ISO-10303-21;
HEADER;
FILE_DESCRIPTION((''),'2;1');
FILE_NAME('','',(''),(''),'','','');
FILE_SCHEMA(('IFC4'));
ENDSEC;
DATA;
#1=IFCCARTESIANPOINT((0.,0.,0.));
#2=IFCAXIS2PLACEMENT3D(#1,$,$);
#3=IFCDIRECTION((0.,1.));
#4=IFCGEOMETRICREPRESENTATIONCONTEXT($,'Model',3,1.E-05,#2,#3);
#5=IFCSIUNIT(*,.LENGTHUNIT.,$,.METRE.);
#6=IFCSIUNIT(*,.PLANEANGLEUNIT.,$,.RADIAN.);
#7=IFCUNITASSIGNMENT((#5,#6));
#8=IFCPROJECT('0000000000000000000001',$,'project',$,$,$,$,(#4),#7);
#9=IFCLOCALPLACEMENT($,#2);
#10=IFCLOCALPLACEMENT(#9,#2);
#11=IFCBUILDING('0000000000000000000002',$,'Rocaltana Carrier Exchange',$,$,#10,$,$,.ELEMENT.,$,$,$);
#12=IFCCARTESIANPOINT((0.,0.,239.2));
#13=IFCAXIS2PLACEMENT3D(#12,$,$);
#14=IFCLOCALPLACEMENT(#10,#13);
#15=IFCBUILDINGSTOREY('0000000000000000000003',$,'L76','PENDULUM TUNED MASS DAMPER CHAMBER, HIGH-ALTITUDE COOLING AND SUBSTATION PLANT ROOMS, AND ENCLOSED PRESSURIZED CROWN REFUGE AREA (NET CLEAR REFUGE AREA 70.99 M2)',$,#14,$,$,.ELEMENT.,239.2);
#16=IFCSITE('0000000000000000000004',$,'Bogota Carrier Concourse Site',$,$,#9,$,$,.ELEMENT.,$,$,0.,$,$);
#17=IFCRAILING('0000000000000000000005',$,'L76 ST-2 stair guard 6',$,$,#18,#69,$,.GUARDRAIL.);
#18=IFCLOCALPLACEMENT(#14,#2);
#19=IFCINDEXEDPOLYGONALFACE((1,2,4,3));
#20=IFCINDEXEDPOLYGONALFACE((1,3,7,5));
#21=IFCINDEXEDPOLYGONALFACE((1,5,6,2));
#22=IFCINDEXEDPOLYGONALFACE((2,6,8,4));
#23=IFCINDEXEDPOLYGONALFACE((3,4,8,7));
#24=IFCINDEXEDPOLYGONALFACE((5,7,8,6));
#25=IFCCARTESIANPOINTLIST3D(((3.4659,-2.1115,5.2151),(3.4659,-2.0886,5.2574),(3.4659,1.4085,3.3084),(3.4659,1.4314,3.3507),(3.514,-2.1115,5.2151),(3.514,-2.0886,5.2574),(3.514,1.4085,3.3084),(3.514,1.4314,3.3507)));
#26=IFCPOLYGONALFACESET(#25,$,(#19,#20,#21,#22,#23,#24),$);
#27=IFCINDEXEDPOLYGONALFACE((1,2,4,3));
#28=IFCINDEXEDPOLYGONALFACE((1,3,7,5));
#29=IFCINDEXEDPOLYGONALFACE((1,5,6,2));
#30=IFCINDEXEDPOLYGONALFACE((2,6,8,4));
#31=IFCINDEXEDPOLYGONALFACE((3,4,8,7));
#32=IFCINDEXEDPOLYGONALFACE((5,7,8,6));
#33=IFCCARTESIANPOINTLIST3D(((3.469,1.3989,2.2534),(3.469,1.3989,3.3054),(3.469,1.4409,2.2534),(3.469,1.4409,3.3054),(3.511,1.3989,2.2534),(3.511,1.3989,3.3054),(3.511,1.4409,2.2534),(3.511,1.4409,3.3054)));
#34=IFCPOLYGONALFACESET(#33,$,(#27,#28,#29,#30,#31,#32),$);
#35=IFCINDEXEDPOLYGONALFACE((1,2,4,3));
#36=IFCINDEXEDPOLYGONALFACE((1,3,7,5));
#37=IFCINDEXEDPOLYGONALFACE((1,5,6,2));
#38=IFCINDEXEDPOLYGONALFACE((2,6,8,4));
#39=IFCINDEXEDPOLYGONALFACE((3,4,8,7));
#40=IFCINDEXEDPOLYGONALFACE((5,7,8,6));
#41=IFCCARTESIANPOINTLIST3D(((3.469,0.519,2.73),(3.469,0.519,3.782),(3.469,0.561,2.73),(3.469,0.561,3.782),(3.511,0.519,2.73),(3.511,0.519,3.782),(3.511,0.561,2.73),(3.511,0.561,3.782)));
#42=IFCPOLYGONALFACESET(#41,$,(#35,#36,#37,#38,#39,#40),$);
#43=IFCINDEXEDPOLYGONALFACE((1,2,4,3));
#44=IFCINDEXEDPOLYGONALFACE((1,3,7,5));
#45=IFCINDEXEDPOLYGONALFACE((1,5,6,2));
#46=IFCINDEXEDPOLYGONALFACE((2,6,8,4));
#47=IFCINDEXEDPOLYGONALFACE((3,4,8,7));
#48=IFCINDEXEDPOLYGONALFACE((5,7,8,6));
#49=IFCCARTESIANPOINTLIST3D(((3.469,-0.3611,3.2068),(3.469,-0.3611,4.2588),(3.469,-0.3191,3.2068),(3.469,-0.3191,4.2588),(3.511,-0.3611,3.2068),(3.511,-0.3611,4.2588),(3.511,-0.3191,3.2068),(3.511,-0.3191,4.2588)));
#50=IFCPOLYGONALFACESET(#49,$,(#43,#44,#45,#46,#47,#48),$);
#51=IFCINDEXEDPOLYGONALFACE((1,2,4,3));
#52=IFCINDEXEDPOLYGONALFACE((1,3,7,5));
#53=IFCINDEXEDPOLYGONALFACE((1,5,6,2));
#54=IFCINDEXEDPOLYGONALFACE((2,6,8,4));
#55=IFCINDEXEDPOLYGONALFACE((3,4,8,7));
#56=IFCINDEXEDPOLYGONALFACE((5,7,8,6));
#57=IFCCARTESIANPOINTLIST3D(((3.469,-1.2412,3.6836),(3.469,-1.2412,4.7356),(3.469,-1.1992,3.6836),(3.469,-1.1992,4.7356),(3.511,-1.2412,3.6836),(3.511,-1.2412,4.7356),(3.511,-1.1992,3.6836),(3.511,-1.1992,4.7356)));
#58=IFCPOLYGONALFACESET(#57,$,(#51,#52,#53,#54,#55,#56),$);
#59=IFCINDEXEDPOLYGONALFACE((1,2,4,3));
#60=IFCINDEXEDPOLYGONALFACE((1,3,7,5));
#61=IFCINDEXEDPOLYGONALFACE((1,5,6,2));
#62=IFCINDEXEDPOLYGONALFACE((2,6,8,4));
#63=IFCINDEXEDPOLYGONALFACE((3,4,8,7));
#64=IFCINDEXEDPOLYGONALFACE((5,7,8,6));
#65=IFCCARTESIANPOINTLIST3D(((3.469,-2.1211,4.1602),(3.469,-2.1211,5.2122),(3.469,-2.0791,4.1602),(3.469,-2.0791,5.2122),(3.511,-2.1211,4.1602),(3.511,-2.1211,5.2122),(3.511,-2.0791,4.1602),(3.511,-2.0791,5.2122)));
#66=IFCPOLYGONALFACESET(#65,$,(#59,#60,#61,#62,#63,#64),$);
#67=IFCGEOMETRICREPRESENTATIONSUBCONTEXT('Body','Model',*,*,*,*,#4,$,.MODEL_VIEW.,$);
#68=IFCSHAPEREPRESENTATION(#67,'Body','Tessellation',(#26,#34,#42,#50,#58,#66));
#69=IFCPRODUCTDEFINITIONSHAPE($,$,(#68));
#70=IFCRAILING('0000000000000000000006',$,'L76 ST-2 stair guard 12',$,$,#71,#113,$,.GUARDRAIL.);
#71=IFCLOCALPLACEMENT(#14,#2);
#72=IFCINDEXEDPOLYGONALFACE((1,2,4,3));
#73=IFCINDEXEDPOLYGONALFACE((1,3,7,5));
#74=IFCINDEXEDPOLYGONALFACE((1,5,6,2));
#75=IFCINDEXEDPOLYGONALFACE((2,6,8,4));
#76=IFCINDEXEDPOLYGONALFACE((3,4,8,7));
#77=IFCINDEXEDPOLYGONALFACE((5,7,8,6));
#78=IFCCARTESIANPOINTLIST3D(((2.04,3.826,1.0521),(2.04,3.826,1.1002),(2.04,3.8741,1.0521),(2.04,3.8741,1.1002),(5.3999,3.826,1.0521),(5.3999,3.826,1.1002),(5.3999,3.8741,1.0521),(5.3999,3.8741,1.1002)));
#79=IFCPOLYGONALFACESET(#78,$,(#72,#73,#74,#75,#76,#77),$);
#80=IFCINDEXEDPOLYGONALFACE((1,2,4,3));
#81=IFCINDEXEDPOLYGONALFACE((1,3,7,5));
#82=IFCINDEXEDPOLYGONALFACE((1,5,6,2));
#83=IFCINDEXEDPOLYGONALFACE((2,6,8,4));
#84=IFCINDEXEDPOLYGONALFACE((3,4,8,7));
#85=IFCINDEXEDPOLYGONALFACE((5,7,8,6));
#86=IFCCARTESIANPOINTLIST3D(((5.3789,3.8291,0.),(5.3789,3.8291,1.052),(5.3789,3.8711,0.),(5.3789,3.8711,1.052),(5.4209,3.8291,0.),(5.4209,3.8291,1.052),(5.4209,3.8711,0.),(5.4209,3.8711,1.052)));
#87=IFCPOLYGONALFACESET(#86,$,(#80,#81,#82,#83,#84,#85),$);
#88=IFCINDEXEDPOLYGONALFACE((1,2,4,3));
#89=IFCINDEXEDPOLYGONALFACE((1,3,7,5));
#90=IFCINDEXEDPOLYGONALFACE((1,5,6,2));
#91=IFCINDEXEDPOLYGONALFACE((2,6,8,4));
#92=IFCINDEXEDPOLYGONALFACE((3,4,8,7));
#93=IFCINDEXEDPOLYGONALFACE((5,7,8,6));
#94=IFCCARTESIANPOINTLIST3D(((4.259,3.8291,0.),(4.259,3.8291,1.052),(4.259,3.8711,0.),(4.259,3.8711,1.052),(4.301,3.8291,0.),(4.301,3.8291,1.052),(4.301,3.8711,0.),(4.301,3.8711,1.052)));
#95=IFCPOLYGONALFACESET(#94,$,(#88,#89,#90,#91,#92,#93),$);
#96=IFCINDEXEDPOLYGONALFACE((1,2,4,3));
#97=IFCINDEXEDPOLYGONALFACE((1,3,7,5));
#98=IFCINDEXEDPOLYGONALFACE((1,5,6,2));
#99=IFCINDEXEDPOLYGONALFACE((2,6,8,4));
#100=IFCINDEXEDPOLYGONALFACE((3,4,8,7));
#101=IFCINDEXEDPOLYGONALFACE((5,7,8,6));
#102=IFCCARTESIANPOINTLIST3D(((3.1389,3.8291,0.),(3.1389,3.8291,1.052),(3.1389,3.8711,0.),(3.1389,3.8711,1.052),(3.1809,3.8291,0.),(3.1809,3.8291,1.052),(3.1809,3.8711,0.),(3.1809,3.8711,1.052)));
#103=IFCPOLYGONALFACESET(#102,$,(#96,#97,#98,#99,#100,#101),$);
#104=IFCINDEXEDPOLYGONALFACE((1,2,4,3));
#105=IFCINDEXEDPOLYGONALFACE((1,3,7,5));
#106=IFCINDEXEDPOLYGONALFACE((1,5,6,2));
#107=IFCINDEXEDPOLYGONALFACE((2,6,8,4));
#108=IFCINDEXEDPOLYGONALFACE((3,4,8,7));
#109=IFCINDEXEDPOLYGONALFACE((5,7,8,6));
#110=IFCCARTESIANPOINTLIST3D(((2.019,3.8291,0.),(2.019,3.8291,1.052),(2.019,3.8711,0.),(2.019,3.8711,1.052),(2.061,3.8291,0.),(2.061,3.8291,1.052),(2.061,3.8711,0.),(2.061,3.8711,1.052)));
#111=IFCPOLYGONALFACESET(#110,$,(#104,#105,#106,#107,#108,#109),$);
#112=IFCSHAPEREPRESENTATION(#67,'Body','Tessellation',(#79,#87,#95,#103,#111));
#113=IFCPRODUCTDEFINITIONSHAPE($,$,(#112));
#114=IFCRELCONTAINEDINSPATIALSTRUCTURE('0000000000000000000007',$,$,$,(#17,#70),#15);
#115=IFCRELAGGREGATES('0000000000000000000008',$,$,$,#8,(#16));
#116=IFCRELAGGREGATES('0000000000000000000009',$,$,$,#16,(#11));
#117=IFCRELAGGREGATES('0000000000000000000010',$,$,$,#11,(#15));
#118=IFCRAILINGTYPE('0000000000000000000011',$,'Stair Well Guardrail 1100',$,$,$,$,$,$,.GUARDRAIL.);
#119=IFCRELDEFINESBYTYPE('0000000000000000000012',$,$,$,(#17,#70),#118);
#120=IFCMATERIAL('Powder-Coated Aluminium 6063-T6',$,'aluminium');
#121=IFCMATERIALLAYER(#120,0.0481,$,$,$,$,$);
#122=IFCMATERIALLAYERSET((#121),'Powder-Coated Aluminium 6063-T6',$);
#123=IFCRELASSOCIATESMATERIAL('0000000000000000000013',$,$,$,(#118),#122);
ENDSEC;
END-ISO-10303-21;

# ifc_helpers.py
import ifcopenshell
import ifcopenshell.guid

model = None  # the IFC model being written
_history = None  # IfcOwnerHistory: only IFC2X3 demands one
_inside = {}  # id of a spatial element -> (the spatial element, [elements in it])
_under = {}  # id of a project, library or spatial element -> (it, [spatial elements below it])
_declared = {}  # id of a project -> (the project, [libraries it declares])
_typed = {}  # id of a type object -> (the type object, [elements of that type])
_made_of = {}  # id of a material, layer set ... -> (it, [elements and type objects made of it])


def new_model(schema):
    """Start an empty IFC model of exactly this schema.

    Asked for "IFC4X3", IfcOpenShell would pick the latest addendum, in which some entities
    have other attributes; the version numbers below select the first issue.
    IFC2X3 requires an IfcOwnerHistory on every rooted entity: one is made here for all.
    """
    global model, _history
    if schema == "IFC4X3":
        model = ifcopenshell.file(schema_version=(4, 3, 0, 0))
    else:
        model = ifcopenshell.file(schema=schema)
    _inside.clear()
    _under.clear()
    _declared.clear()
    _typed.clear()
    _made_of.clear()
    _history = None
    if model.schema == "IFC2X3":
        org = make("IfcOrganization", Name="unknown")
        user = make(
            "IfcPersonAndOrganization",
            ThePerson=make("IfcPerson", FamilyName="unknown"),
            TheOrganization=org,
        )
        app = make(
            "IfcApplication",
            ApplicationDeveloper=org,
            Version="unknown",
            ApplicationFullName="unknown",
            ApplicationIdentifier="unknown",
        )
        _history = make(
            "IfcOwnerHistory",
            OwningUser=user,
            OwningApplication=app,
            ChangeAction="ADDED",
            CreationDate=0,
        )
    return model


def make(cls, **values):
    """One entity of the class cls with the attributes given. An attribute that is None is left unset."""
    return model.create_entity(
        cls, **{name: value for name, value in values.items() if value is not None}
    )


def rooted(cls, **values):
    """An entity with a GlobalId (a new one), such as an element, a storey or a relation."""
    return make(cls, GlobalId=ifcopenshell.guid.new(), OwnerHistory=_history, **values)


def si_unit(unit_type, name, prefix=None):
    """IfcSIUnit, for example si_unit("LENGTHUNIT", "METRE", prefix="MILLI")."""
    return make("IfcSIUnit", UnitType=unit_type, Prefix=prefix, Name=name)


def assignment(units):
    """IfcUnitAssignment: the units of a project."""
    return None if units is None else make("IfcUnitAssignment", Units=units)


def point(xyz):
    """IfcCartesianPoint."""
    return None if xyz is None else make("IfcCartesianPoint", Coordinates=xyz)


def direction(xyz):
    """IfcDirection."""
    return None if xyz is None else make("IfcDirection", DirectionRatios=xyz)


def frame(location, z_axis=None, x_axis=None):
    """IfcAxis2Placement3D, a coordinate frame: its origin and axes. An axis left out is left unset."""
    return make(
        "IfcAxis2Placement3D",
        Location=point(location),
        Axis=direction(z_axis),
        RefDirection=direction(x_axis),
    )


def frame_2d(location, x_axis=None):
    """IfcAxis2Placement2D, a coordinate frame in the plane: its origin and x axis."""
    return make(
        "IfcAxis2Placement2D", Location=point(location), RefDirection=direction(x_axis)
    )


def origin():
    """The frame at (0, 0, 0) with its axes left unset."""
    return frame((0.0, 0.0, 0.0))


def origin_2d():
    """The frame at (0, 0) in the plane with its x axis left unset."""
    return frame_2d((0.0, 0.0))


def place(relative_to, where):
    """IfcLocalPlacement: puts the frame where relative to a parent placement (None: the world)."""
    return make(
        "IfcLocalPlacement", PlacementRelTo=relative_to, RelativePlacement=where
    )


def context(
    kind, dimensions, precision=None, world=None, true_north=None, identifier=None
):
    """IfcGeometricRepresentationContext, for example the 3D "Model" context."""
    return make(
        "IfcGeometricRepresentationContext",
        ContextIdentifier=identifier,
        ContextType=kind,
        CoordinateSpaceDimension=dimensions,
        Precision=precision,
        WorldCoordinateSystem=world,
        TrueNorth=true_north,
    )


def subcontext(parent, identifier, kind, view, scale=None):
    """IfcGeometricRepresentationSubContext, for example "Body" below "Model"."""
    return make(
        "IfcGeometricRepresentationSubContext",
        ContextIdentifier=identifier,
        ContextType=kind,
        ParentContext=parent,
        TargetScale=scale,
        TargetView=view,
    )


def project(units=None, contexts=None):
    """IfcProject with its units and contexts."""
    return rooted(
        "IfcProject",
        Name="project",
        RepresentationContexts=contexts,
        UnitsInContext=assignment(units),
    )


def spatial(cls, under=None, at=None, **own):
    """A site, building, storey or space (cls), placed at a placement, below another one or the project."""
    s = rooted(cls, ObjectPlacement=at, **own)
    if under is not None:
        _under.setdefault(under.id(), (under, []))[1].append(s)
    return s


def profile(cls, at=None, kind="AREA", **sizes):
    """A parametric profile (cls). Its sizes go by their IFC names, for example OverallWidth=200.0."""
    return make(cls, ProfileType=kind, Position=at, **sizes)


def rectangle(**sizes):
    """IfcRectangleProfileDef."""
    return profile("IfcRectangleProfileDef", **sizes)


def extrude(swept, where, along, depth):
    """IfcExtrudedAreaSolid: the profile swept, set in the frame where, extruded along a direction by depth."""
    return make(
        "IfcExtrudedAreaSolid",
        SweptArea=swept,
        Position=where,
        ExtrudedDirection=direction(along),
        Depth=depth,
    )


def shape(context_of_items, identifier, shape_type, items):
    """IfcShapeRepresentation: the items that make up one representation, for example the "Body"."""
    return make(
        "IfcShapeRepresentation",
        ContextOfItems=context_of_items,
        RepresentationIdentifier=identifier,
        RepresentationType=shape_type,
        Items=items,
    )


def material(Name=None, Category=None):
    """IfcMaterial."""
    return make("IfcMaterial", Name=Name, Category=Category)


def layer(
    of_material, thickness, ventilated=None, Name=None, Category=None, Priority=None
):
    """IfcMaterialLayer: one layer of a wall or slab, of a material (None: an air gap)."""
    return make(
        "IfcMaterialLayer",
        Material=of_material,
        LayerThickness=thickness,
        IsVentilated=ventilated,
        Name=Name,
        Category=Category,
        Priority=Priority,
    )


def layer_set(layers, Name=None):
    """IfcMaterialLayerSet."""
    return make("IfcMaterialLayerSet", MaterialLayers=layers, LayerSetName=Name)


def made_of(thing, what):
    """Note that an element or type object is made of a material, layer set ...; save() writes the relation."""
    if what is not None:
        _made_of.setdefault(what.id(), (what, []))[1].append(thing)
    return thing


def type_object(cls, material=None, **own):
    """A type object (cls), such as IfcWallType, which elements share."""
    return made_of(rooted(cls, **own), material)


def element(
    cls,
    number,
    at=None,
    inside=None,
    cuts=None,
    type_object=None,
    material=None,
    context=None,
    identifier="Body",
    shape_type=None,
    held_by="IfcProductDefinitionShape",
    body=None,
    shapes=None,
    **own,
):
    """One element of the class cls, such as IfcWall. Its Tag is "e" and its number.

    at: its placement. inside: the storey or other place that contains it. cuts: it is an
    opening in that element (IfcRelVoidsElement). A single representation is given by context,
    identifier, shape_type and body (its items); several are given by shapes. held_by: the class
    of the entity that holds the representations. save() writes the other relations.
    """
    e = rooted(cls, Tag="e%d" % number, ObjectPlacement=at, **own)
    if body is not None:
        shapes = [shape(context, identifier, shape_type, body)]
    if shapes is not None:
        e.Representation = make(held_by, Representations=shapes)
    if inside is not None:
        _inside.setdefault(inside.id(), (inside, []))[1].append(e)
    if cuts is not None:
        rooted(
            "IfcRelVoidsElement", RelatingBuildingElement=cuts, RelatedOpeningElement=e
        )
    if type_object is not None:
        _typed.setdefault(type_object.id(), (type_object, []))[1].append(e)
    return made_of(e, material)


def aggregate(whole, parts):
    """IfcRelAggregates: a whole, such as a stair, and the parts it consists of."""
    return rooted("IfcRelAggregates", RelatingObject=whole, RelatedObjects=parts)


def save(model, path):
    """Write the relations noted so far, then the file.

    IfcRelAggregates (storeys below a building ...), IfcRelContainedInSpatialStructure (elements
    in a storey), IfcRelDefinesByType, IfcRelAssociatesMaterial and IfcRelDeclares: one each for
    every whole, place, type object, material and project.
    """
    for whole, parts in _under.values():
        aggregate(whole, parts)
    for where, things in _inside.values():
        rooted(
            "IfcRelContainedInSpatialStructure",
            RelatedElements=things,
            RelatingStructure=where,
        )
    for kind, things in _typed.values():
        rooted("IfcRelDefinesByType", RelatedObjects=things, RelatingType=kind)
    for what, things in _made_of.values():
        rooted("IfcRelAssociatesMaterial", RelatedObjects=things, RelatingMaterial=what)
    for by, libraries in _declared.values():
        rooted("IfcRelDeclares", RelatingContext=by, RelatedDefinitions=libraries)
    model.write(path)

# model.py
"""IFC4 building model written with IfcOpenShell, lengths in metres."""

from ifc_helpers import new_model, si_unit, direction, frame, origin, origin_2d, place, context, subcontext, project, spatial, rectangle, extrude, material, layer, layer_set, type_object, element, save


model = new_model("IFC4")

# Units and contexts
model_context = context("Model", 3, precision=1e-05, world=origin(), true_north=direction((0.0, 1.0)))
body_context = subcontext(model_context, "Body", "Model", "MODEL_VIEW")
ifc_project = project(units=[si_unit("LENGTHUNIT", "METRE"), si_unit("PLANEANGLEUNIT", "RADIAN")], contexts=[model_context])

# Site, building, storey
site_placement = place(None, origin())
site = spatial("IfcSite", under=ifc_project, at=site_placement, Name="Bogota Carrier Concourse Site", CompositionType="ELEMENT", RefElevation=0.0)
building_placement = place(site_placement, origin())
building = spatial("IfcBuilding", under=site, at=building_placement, Name="Rocaltana Carrier Exchange", CompositionType="ELEMENT")
storey_placement = place(building_placement, frame((0.0, 0.0, 239.2)))
storey = spatial("IfcBuildingStorey", under=building, at=storey_placement, Name="L76", Description="PENDULUM TUNED MASS DAMPER CHAMBER, HIGH-ALTITUDE COOLING AND SUBSTATION PLANT ROOMS, AND ENCLOSED PRESSURIZED CROWN REFUGE AREA (NET CLEAR REFUGE AREA 70.99 M2)", CompositionType="ELEMENT", Elevation=239.2)

# Railings
ifc_material_1 = material(Name="Powder-Coated Aluminium 6063-T6", Category="aluminium")
ifc_layer_1 = layer(ifc_material_1, 0.0481)
ifc_layer_set_1 = layer_set([ifc_layer_1], Name="Powder-Coated Aluminium 6063-T6")
railing_type_1 = type_object("IfcRailingType", Name="Stair Well Guardrail 1100", PredefinedType="GUARDRAIL", material=ifc_layer_set_1)
railing_1_placement = place(storey_placement, frame((3.49, 1.4199, 2.2534)))
element("IfcRailing", 1, at=railing_1_placement, inside=storey, type_object=railing_type_1, Name="L76 ST-2 stair guard 6", PredefinedType="GUARDRAIL", context=body_context, shape_type="SweptSolid", body=[
    extrude(rectangle(XDim=0.0481, YDim=0.0481, at=origin_2d()), frame((0.0, 0.0, 1.0762), z_axis=(0.0, -0.879286, 0.476295), x_axis=(1.0, 0.0, 0.0)), (0.0, 0.0, 1.0), 4.0032),
    extrude(rectangle(XDim=0.042, YDim=0.042, at=origin_2d()), origin(), (0.0, 0.0, 1.0), 1.052),
    extrude(rectangle(XDim=0.042, YDim=0.042, at=origin_2d()), frame((0.0, -0.8799, 0.4766)), (0.0, 0.0, 1.0), 1.052),
    extrude(rectangle(XDim=0.042, YDim=0.042, at=origin_2d()), frame((0.0, -1.76, 0.9534)), (0.0, 0.0, 1.0), 1.052),
    extrude(rectangle(XDim=0.042, YDim=0.042, at=origin_2d()), frame((0.0, -2.6401, 1.4302)), (0.0, 0.0, 1.0), 1.052),
    extrude(rectangle(XDim=0.042, YDim=0.042, at=origin_2d()), frame((0.0, -3.52, 1.9067)), (0.0, 0.0, 1.0), 1.052),
])
railing_2_placement = place(storey_placement, frame((5.3999, 3.8501, 0.0)))
element("IfcRailing", 2, at=railing_2_placement, inside=storey, type_object=railing_type_1, Name="L76 ST-2 stair guard 12", PredefinedType="GUARDRAIL", context=body_context, shape_type="SweptSolid", body=[
    extrude(rectangle(XDim=0.0481, YDim=0.0481, at=origin_2d()), frame((0.0, 0.0, 1.0762), z_axis=(-1.0, 0.0, 0.0), x_axis=(0.0, -1.0, 0.0)), (0.0, 0.0, 1.0), 3.3599),
    extrude(rectangle(XDim=0.042, YDim=0.042, at=origin_2d()), origin(), (0.0, 0.0, 1.0), 1.052),
    extrude(rectangle(XDim=0.042, YDim=0.042, at=origin_2d()), frame((-1.1199, 0.0, 0.0)), (0.0, 0.0, 1.0), 1.052),
    extrude(rectangle(XDim=0.042, YDim=0.042, at=origin_2d()), frame((-2.24, 0.0, 0.0)), (0.0, 0.0, 1.0), 1.052),
    extrude(rectangle(XDim=0.042, YDim=0.042, at=origin_2d()), frame((-3.3599, 0.0, 0.0)), (0.0, 0.0, 1.0), 1.052),
])

save(model, "model.ifc")
